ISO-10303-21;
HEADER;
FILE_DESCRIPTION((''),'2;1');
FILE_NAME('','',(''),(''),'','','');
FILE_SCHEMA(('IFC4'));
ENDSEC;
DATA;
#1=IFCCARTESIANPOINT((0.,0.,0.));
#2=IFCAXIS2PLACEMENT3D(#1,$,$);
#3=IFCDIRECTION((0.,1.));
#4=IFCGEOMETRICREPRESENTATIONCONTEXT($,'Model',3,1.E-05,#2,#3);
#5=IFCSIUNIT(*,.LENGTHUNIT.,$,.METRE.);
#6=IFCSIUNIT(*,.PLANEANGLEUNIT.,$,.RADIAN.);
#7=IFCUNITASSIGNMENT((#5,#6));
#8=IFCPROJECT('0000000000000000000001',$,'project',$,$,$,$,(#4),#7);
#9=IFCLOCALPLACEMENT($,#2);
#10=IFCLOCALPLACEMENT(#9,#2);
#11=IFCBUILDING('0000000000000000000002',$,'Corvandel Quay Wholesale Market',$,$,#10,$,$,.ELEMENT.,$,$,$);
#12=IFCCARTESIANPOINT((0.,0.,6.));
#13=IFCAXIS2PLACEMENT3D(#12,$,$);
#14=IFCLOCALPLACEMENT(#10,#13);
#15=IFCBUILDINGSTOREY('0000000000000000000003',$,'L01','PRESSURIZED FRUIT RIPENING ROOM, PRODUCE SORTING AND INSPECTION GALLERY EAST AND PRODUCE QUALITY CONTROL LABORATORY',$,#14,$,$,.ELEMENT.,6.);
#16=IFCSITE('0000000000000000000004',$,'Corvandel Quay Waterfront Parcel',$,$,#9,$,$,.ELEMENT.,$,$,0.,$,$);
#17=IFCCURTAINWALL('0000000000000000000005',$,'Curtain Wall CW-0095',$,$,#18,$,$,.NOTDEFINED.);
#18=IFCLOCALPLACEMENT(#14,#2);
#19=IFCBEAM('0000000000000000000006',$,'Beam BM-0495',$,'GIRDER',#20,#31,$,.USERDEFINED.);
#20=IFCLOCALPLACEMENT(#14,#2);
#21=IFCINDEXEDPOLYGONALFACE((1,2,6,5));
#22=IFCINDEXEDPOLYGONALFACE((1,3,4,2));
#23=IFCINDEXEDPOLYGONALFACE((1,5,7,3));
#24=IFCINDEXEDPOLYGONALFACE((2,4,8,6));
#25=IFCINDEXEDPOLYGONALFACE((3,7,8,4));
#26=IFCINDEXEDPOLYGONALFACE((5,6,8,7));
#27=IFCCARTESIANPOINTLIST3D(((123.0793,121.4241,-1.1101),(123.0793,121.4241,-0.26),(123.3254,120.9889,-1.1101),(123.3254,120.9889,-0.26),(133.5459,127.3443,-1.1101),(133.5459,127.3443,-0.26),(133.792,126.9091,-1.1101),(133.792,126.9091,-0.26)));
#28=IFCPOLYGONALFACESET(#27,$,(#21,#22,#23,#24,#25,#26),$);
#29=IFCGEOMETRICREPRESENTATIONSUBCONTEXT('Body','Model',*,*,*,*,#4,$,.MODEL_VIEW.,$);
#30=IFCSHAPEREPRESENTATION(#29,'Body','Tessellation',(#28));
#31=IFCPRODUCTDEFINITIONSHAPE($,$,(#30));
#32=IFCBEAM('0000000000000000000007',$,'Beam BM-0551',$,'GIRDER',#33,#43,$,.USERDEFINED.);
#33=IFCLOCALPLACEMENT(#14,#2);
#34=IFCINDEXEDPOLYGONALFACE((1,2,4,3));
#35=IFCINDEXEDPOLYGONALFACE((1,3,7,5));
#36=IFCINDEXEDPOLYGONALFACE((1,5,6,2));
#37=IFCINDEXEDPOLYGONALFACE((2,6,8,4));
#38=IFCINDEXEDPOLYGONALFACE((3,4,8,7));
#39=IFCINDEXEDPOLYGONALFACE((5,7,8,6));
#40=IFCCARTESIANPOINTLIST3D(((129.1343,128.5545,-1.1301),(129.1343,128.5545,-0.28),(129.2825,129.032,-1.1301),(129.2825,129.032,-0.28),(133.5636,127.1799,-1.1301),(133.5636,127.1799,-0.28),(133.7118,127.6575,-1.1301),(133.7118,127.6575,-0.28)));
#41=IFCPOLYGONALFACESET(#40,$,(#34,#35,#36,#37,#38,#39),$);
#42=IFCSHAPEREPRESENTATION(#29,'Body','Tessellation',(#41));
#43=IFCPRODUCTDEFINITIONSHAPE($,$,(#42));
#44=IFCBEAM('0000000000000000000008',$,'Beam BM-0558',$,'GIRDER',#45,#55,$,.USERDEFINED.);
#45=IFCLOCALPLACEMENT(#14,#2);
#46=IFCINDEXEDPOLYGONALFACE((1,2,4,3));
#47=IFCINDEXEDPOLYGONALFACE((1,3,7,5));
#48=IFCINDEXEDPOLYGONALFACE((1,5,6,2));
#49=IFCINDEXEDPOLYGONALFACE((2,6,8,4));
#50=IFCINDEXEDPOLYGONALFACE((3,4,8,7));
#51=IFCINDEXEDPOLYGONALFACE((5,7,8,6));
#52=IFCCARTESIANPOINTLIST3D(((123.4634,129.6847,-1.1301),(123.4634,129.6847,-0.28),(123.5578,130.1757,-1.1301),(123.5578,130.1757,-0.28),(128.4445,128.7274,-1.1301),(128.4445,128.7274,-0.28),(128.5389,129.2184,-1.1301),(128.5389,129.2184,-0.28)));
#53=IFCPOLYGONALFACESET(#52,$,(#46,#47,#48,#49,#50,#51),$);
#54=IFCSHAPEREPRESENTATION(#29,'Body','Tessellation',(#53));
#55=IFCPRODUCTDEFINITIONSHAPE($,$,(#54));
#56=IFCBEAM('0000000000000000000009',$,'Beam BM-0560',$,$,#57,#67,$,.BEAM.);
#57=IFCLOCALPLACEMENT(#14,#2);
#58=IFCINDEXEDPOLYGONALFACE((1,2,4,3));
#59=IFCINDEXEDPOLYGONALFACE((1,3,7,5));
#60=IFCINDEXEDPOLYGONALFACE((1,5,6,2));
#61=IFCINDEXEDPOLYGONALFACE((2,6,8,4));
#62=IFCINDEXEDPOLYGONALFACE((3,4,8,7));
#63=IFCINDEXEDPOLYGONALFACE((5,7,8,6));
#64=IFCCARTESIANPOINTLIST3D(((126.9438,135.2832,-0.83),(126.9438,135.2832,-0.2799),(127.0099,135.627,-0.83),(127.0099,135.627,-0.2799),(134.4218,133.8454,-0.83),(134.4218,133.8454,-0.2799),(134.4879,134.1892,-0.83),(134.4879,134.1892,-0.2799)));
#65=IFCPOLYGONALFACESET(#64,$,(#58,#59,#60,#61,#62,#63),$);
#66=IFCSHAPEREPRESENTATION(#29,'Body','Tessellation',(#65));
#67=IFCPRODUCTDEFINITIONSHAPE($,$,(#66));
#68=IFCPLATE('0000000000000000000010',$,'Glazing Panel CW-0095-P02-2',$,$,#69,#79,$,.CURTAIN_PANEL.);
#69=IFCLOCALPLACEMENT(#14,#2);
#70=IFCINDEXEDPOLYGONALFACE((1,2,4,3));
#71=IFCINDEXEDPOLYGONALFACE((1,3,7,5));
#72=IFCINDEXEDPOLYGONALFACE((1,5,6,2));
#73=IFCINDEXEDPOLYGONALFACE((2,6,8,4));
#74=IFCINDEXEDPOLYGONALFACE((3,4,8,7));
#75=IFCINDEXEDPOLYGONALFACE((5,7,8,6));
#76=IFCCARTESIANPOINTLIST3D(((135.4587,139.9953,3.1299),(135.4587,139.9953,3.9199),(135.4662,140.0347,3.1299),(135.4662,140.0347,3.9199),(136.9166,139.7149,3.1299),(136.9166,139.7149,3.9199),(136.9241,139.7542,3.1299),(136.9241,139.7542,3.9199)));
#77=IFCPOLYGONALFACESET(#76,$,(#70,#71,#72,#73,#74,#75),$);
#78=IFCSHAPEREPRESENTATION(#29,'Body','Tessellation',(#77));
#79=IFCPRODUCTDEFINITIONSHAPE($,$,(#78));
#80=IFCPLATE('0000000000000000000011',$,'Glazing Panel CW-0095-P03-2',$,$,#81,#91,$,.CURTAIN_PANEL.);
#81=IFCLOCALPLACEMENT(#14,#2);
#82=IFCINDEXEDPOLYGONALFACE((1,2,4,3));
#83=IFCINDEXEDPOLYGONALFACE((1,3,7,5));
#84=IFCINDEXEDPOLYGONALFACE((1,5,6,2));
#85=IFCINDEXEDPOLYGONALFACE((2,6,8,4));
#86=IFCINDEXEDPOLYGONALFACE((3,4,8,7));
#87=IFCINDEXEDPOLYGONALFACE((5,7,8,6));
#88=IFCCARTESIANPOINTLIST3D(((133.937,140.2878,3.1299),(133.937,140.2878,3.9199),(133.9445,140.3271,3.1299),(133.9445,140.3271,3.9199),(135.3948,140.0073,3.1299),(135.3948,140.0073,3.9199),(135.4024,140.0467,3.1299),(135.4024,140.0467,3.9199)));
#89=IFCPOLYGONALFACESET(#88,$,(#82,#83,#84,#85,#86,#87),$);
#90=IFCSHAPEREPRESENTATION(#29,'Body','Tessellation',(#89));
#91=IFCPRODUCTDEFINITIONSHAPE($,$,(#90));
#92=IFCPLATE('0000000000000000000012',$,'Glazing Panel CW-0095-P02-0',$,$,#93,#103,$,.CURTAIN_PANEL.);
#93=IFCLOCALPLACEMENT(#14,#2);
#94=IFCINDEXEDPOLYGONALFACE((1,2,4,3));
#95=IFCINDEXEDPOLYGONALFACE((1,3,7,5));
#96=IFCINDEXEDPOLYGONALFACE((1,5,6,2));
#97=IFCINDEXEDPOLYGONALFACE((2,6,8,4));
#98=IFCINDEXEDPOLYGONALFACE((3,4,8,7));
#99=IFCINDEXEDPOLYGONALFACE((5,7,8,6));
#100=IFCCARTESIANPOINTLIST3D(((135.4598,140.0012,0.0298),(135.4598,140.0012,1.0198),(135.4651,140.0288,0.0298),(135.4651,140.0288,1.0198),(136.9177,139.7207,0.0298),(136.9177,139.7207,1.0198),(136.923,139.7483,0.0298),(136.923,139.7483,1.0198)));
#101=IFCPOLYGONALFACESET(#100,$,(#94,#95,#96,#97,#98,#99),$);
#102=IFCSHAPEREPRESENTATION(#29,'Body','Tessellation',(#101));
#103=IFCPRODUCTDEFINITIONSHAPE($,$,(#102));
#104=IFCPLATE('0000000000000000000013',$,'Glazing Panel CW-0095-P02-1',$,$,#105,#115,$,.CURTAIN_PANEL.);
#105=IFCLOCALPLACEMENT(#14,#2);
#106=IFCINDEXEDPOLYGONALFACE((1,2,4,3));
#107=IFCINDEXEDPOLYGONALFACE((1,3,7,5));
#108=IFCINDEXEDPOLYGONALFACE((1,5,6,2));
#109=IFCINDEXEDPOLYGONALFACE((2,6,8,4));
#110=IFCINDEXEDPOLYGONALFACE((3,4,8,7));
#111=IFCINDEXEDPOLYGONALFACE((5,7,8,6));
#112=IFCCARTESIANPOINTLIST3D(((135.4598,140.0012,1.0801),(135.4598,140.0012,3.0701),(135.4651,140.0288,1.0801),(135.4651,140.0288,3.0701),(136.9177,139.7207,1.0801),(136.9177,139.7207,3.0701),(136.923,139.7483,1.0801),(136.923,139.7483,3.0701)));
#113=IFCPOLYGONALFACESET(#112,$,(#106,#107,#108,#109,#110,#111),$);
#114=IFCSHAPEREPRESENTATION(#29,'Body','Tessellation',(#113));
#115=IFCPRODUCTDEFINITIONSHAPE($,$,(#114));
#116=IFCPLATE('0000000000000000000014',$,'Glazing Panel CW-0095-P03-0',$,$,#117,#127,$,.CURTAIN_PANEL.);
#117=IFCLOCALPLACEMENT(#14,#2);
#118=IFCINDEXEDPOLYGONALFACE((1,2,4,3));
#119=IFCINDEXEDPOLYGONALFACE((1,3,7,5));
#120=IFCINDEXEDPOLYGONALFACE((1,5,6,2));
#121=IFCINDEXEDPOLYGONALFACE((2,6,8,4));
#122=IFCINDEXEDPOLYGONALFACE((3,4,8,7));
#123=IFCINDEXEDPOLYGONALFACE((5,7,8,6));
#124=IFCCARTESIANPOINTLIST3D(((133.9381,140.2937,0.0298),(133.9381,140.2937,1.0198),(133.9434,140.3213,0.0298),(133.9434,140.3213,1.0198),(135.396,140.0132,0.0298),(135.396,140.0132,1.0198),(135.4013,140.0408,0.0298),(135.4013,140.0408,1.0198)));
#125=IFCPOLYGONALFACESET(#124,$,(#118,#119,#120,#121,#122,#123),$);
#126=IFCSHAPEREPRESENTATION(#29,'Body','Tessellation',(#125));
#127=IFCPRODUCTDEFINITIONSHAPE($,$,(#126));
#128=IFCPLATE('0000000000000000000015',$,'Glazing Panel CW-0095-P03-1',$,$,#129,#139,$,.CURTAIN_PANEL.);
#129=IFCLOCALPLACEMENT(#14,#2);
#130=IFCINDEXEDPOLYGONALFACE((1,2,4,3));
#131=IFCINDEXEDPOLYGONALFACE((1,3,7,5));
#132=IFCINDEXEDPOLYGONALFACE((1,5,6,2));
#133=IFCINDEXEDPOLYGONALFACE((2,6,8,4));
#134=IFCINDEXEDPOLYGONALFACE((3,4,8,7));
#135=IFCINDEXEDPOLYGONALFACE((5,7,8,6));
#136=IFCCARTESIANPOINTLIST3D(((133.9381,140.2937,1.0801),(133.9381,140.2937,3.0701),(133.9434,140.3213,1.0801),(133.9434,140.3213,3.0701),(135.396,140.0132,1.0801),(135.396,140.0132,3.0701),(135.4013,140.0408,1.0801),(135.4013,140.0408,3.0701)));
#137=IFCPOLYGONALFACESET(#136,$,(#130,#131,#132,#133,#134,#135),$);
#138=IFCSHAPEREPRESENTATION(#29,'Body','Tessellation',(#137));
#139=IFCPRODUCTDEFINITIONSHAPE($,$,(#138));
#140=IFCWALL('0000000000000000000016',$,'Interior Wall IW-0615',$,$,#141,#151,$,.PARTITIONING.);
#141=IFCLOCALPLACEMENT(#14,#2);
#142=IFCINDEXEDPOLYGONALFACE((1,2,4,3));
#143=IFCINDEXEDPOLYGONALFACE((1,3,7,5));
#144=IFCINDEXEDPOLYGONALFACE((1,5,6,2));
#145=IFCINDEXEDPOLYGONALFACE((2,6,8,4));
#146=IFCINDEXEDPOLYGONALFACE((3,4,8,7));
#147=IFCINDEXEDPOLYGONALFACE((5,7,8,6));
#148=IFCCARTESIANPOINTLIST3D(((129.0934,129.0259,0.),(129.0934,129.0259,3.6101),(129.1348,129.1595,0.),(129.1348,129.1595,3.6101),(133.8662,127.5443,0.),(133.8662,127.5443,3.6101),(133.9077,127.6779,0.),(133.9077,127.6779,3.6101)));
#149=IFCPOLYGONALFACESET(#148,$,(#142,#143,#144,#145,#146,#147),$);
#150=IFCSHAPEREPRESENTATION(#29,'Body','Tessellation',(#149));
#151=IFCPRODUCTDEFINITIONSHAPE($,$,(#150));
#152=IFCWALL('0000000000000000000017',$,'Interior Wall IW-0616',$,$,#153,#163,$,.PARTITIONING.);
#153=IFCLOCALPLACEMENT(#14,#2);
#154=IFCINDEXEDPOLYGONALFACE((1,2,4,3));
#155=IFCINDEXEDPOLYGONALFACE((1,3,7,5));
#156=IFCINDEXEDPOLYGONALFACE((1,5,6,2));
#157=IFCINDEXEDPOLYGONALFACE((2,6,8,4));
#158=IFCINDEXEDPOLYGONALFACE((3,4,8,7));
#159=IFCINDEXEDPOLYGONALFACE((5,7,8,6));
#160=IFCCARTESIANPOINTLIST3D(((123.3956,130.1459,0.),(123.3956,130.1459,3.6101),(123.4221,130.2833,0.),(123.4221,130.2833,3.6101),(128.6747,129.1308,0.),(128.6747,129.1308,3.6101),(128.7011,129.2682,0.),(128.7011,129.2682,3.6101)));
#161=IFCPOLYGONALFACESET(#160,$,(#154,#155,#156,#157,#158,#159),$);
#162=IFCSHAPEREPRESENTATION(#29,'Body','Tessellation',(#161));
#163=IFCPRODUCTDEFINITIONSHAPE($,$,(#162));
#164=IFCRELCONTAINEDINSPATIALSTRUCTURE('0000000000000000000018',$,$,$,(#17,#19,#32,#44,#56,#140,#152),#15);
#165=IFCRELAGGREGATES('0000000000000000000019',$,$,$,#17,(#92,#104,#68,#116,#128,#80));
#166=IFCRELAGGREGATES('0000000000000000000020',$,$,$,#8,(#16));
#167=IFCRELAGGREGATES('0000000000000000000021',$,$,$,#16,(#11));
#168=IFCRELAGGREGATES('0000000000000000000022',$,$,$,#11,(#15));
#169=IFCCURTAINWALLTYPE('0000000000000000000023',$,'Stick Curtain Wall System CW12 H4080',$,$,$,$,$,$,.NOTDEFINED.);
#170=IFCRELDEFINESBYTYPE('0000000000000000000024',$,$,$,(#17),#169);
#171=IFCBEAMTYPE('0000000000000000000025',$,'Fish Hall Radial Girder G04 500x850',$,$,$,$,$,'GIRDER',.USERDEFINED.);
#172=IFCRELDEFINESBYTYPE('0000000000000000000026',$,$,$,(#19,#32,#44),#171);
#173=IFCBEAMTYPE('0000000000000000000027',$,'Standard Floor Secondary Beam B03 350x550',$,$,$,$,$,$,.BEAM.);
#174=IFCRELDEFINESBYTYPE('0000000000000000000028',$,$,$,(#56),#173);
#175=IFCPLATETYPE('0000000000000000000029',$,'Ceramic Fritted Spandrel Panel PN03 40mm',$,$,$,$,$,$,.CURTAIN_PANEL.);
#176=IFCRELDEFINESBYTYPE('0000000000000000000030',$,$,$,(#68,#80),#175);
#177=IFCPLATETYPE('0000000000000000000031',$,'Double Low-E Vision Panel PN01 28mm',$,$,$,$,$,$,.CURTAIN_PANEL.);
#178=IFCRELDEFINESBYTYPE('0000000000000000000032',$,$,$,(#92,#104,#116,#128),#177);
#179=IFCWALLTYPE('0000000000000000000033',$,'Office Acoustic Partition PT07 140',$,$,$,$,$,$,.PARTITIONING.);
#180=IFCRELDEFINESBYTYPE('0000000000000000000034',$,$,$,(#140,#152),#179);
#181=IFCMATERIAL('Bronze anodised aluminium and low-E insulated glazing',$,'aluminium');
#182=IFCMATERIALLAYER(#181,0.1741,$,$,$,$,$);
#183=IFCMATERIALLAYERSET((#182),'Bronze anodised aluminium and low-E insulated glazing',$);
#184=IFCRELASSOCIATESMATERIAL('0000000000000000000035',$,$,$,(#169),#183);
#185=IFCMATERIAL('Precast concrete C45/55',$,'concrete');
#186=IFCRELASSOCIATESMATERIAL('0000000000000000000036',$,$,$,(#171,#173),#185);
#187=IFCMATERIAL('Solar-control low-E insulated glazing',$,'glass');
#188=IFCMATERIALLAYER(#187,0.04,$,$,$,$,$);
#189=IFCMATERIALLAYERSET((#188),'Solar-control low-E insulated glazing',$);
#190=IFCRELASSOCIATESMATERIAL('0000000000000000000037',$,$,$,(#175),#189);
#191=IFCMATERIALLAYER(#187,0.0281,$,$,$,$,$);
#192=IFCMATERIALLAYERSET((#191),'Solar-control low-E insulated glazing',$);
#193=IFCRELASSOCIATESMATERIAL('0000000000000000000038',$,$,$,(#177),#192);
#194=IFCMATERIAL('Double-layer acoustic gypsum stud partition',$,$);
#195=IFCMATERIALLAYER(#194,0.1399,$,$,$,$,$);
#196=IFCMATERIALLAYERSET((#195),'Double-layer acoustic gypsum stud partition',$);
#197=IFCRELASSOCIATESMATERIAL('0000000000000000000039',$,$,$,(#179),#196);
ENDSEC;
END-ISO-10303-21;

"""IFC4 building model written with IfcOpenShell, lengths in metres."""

from ifc_helpers import new_model, si_unit, direction, frame, frame_2d, origin, origin_2d, place, context, subcontext, project, spatial, rectangle, extrude, material, layer, layer_set, material_profile, profile_set, type_object, element, aggregate, save


model = new_model("IFC4")

# Units and contexts
model_context = context("Model", 3, precision=1e-05, world=origin(), true_north=direction((0.0, 1.0)))
body_context = subcontext(model_context, "Body", "Model", "MODEL_VIEW")
ifc_project = project(units=[si_unit("LENGTHUNIT", "METRE"), si_unit("PLANEANGLEUNIT", "RADIAN")], contexts=[model_context])

# Site, building, storey
site_placement = place(None, origin())
site = spatial("IfcSite", under=ifc_project, at=site_placement, Name="Corvandel Quay Waterfront Parcel", CompositionType="ELEMENT", RefElevation=0.0)
building_placement = place(site_placement, origin())
building = spatial("IfcBuilding", under=site, at=building_placement, Name="Corvandel Quay Wholesale Market", CompositionType="ELEMENT")
storey_placement = place(building_placement, frame((0.0, 0.0, 6.0)))
storey = spatial("IfcBuildingStorey", under=building, at=storey_placement, Name="L01", Description="PRESSURIZED FRUIT RIPENING ROOM, PRODUCE SORTING AND INSPECTION GALLERY EAST AND PRODUCE QUALITY CONTROL LABORATORY", CompositionType="ELEMENT", Elevation=6.0)

# Shared definitions
ifc_material_1 = material(Name="Precast concrete C45/55", Category="concrete")

# Curtain wall
ifc_material_2 = material(Name="Bronze anodised aluminium and low-E insulated glazing", Category="aluminium")
ifc_layer_1 = layer(ifc_material_2, 0.1741)
ifc_layer_set_1 = layer_set([ifc_layer_1], Name="Bronze anodised aluminium and low-E insulated glazing")
curtain_wall_type = type_object("IfcCurtainWallType", Name="Stick Curtain Wall System CW12 H4080", PredefinedType="NOTDEFINED", material=ifc_layer_set_1)
curtain_wall_placement = place(storey_placement, origin())
curtain_wall = element("IfcCurtainWall", 1, at=curtain_wall_placement, inside=storey, type_object=curtain_wall_type, Name="Curtain Wall CW-0095", PredefinedType="NOTDEFINED")

# Beams
ifc_material_profile_1 = material_profile(ifc_material_1, rectangle(XDim=0.5, YDim=0.8501, at=origin_2d()), Name="PC-GIR-500x850")
ifc_profile_set_1 = profile_set([ifc_material_profile_1], Name="Precast concrete C45/55")
beam_type_1 = type_object("IfcBeamType", Name="Fish Hall Radial Girder G04 500x850", ElementType="GIRDER", PredefinedType="USERDEFINED", material=ifc_profile_set_1)
beam_1_placement = place(storey_placement, frame((133.6689, 127.1267, -0.6851), z_axis=(-0.87041, -0.492328, 0.0), x_axis=(0.492328, -0.87041, 0.0)))
element("IfcBeam", 2, at=beam_1_placement, inside=storey, type_object=beam_type_1, Name="Beam BM-0495", ObjectType="GIRDER", PredefinedType="USERDEFINED", context=body_context, shape_type="SweptSolid", body=[
    extrude(rectangle(XDim=0.5, YDim=0.8501, at=origin_2d()), origin(), (0.0, 0.0, 1.0), 12.0249),
])
beam_2_placement = place(storey_placement, frame((133.6377, 127.4187, -0.7051), z_axis=(-0.955068, 0.296386, 0.0), x_axis=(-0.296386, -0.955068, 0.0)))
element("IfcBeam", 3, at=beam_2_placement, inside=storey, type_object=beam_type_1, Name="Beam BM-0551", ObjectType="GIRDER", PredefinedType="USERDEFINED", context=body_context, shape_type="SweptSolid", body=[
    extrude(rectangle(XDim=0.5, YDim=0.8501, at=origin_2d()), origin(), (0.0, 0.0, 1.0), 4.6377),
])
beam_3_placement = place(storey_placement, frame((128.4917, 128.9729, -0.7051), z_axis=(-0.98203, 0.188724, 0.0), x_axis=(-0.188724, -0.98203, 0.0)))
element("IfcBeam", 4, at=beam_3_placement, inside=storey, type_object=beam_type_1, Name="Beam BM-0558", ObjectType="GIRDER", PredefinedType="USERDEFINED", context=body_context, shape_type="SweptSolid", body=[
    extrude(rectangle(XDim=0.5, YDim=0.8501, at=origin_2d()), origin(), (0.0, 0.0, 1.0), 5.0723),
])
ifc_material_profile_2 = material_profile(ifc_material_1, rectangle(XDim=0.3501, YDim=0.55, at=origin_2d()), Name="PC-BM-350x550")
ifc_profile_set_2 = profile_set([ifc_material_profile_2], Name="Precast concrete C45/55")
beam_type_2 = type_object("IfcBeamType", Name="Standard Floor Secondary Beam B03 350x550", PredefinedType="BEAM", material=ifc_profile_set_2)
beam_4_placement = place(storey_placement, frame((134.4548, 134.0173, -0.5549), z_axis=(-0.982015, 0.188805, 0.0), x_axis=(-0.188805, -0.982015, 0.0)))
element("IfcBeam", 5, at=beam_4_placement, inside=storey, type_object=beam_type_2, Name="Beam BM-0560", PredefinedType="BEAM", context=body_context, shape_type="SweptSolid", body=[
    extrude(rectangle(XDim=0.3501, YDim=0.55, at=origin_2d()), origin(), (0.0, 0.0, 1.0), 7.615),
])

# Plates
ifc_material_3 = material(Name="Solar-control low-E insulated glazing", Category="glass")
ifc_layer_2 = layer(ifc_material_3, 0.04)
ifc_layer_set_2 = layer_set([ifc_layer_2], Name="Solar-control low-E insulated glazing")
plate_type_1 = type_object("IfcPlateType", Name="Ceramic Fritted Spandrel Panel PN03 40mm", PredefinedType="CURTAIN_PANEL", material=ifc_layer_set_2)
plate_1_placement = place(storey_placement, frame((136.1914, 139.8748, 3.1299), z_axis=(0.0, 0.0, 1.0), x_axis=(-0.981992, 0.188924, 0.0)))
plate_1 = element("IfcPlate", 6, at=plate_1_placement, type_object=plate_type_1, Name="Glazing Panel CW-0095-P02-2", PredefinedType="CURTAIN_PANEL", context=body_context, shape_type="SweptSolid", body=[
    extrude(rectangle(XDim=1.4846, YDim=0.04, at=origin_2d()), origin(), (0.0, 0.0, 1.0), 0.79),
])
plate_2_placement = place(storey_placement, frame((134.6697, 140.1672, 3.1299), z_axis=(0.0, 0.0, 1.0), x_axis=(-0.981992, 0.188924, 0.0)))
plate_2 = element("IfcPlate", 7, at=plate_2_placement, type_object=plate_type_1, Name="Glazing Panel CW-0095-P03-2", PredefinedType="CURTAIN_PANEL", context=body_context, shape_type="SweptSolid", body=[
    extrude(rectangle(XDim=1.4846, YDim=0.04, at=origin_2d()), origin(), (0.0, 0.0, 1.0), 0.79),
])
ifc_layer_3 = layer(ifc_material_3, 0.0281)
ifc_layer_set_3 = layer_set([ifc_layer_3], Name="Solar-control low-E insulated glazing")
plate_type_2 = type_object("IfcPlateType", Name="Double Low-E Vision Panel PN01 28mm", PredefinedType="CURTAIN_PANEL", material=ifc_layer_set_3)
plate_3_placement = place(storey_placement, frame((136.1914, 139.8748, 0.0298), z_axis=(0.0, 0.0, 1.0), x_axis=(-0.981992, 0.188924, 0.0)))
plate_3 = element("IfcPlate", 8, at=plate_3_placement, type_object=plate_type_2, Name="Glazing Panel CW-0095-P02-0", PredefinedType="CURTAIN_PANEL", context=body_context, shape_type="SweptSolid", body=[
    extrude(rectangle(XDim=1.4846, YDim=0.0281, at=origin_2d()), origin(), (0.0, 0.0, 1.0), 0.99),
])
plate_4_placement = place(storey_placement, frame((136.1914, 139.8748, 1.0801), z_axis=(0.0, 0.0, 1.0), x_axis=(-0.981992, 0.188924, 0.0)))
plate_4 = element("IfcPlate", 9, at=plate_4_placement, type_object=plate_type_2, Name="Glazing Panel CW-0095-P02-1", PredefinedType="CURTAIN_PANEL", context=body_context, shape_type="SweptSolid", body=[
    extrude(rectangle(XDim=1.4846, YDim=0.0281, at=origin_2d()), origin(), (0.0, 0.0, 1.0), 1.99),
])
plate_5_placement = place(storey_placement, frame((134.6697, 140.1672, 0.0298), z_axis=(0.0, 0.0, 1.0), x_axis=(-0.981992, 0.188924, 0.0)))
plate_5 = element("IfcPlate", 10, at=plate_5_placement, type_object=plate_type_2, Name="Glazing Panel CW-0095-P03-0", PredefinedType="CURTAIN_PANEL", context=body_context, shape_type="SweptSolid", body=[
    extrude(rectangle(XDim=1.4846, YDim=0.0281, at=origin_2d()), origin(), (0.0, 0.0, 1.0), 0.99),
])
plate_6_placement = place(storey_placement, frame((134.6697, 140.1672, 1.0801), z_axis=(0.0, 0.0, 1.0), x_axis=(-0.981992, 0.188924, 0.0)))
plate_6 = element("IfcPlate", 11, at=plate_6_placement, type_object=plate_type_2, Name="Glazing Panel CW-0095-P03-1", PredefinedType="CURTAIN_PANEL", context=body_context, shape_type="SweptSolid", body=[
    extrude(rectangle(XDim=1.4846, YDim=0.0281, at=origin_2d()), origin(), (0.0, 0.0, 1.0), 1.99),
])
aggregate(curtain_wall, [plate_3, plate_4, plate_1, plate_5, plate_6, plate_2])

# Walls
ifc_material_4 = material(Name="Double-layer acoustic gypsum stud partition")
ifc_layer_4 = layer(ifc_material_4, 0.1399)
ifc_layer_set_4 = layer_set([ifc_layer_4], Name="Double-layer acoustic gypsum stud partition")
wall_type = type_object("IfcWallType", Name="Office Acoustic Partition PT07 140", PredefinedType="PARTITIONING", material=ifc_layer_set_4)
wall_1_placement = place(storey_placement, frame((133.887, 127.6111, 0.0), z_axis=(0.0, 0.0, 1.0), x_axis=(-0.95504, 0.296478, 0.0)))
element("IfcWall", 12, at=wall_1_placement, inside=storey, type_object=wall_type, Name="Interior Wall IW-0615", PredefinedType="PARTITIONING", context=body_context, shape_type="SweptSolid", body=[
    extrude(rectangle(XDim=4.9976, YDim=0.1399, at=frame_2d((2.4988, 0.0))), origin(), (0.0, 0.0, 1.0), 3.6101),
])
wall_2_placement = place(storey_placement, frame((128.688, 129.1995, 0.0), z_axis=(0.0, 0.0, 1.0), x_axis=(-0.982009, 0.188836, 0.0)))
element("IfcWall", 13, at=wall_2_placement, inside=storey, type_object=wall_type, Name="Interior Wall IW-0616", PredefinedType="PARTITIONING", context=body_context, shape_type="SweptSolid", body=[
    extrude(rectangle(XDim=5.3757, YDim=0.1399, at=frame_2d((2.688, 0.0))), origin(), (0.0, 0.0, 1.0), 3.6101),
])

save(model, "model.ifc")
